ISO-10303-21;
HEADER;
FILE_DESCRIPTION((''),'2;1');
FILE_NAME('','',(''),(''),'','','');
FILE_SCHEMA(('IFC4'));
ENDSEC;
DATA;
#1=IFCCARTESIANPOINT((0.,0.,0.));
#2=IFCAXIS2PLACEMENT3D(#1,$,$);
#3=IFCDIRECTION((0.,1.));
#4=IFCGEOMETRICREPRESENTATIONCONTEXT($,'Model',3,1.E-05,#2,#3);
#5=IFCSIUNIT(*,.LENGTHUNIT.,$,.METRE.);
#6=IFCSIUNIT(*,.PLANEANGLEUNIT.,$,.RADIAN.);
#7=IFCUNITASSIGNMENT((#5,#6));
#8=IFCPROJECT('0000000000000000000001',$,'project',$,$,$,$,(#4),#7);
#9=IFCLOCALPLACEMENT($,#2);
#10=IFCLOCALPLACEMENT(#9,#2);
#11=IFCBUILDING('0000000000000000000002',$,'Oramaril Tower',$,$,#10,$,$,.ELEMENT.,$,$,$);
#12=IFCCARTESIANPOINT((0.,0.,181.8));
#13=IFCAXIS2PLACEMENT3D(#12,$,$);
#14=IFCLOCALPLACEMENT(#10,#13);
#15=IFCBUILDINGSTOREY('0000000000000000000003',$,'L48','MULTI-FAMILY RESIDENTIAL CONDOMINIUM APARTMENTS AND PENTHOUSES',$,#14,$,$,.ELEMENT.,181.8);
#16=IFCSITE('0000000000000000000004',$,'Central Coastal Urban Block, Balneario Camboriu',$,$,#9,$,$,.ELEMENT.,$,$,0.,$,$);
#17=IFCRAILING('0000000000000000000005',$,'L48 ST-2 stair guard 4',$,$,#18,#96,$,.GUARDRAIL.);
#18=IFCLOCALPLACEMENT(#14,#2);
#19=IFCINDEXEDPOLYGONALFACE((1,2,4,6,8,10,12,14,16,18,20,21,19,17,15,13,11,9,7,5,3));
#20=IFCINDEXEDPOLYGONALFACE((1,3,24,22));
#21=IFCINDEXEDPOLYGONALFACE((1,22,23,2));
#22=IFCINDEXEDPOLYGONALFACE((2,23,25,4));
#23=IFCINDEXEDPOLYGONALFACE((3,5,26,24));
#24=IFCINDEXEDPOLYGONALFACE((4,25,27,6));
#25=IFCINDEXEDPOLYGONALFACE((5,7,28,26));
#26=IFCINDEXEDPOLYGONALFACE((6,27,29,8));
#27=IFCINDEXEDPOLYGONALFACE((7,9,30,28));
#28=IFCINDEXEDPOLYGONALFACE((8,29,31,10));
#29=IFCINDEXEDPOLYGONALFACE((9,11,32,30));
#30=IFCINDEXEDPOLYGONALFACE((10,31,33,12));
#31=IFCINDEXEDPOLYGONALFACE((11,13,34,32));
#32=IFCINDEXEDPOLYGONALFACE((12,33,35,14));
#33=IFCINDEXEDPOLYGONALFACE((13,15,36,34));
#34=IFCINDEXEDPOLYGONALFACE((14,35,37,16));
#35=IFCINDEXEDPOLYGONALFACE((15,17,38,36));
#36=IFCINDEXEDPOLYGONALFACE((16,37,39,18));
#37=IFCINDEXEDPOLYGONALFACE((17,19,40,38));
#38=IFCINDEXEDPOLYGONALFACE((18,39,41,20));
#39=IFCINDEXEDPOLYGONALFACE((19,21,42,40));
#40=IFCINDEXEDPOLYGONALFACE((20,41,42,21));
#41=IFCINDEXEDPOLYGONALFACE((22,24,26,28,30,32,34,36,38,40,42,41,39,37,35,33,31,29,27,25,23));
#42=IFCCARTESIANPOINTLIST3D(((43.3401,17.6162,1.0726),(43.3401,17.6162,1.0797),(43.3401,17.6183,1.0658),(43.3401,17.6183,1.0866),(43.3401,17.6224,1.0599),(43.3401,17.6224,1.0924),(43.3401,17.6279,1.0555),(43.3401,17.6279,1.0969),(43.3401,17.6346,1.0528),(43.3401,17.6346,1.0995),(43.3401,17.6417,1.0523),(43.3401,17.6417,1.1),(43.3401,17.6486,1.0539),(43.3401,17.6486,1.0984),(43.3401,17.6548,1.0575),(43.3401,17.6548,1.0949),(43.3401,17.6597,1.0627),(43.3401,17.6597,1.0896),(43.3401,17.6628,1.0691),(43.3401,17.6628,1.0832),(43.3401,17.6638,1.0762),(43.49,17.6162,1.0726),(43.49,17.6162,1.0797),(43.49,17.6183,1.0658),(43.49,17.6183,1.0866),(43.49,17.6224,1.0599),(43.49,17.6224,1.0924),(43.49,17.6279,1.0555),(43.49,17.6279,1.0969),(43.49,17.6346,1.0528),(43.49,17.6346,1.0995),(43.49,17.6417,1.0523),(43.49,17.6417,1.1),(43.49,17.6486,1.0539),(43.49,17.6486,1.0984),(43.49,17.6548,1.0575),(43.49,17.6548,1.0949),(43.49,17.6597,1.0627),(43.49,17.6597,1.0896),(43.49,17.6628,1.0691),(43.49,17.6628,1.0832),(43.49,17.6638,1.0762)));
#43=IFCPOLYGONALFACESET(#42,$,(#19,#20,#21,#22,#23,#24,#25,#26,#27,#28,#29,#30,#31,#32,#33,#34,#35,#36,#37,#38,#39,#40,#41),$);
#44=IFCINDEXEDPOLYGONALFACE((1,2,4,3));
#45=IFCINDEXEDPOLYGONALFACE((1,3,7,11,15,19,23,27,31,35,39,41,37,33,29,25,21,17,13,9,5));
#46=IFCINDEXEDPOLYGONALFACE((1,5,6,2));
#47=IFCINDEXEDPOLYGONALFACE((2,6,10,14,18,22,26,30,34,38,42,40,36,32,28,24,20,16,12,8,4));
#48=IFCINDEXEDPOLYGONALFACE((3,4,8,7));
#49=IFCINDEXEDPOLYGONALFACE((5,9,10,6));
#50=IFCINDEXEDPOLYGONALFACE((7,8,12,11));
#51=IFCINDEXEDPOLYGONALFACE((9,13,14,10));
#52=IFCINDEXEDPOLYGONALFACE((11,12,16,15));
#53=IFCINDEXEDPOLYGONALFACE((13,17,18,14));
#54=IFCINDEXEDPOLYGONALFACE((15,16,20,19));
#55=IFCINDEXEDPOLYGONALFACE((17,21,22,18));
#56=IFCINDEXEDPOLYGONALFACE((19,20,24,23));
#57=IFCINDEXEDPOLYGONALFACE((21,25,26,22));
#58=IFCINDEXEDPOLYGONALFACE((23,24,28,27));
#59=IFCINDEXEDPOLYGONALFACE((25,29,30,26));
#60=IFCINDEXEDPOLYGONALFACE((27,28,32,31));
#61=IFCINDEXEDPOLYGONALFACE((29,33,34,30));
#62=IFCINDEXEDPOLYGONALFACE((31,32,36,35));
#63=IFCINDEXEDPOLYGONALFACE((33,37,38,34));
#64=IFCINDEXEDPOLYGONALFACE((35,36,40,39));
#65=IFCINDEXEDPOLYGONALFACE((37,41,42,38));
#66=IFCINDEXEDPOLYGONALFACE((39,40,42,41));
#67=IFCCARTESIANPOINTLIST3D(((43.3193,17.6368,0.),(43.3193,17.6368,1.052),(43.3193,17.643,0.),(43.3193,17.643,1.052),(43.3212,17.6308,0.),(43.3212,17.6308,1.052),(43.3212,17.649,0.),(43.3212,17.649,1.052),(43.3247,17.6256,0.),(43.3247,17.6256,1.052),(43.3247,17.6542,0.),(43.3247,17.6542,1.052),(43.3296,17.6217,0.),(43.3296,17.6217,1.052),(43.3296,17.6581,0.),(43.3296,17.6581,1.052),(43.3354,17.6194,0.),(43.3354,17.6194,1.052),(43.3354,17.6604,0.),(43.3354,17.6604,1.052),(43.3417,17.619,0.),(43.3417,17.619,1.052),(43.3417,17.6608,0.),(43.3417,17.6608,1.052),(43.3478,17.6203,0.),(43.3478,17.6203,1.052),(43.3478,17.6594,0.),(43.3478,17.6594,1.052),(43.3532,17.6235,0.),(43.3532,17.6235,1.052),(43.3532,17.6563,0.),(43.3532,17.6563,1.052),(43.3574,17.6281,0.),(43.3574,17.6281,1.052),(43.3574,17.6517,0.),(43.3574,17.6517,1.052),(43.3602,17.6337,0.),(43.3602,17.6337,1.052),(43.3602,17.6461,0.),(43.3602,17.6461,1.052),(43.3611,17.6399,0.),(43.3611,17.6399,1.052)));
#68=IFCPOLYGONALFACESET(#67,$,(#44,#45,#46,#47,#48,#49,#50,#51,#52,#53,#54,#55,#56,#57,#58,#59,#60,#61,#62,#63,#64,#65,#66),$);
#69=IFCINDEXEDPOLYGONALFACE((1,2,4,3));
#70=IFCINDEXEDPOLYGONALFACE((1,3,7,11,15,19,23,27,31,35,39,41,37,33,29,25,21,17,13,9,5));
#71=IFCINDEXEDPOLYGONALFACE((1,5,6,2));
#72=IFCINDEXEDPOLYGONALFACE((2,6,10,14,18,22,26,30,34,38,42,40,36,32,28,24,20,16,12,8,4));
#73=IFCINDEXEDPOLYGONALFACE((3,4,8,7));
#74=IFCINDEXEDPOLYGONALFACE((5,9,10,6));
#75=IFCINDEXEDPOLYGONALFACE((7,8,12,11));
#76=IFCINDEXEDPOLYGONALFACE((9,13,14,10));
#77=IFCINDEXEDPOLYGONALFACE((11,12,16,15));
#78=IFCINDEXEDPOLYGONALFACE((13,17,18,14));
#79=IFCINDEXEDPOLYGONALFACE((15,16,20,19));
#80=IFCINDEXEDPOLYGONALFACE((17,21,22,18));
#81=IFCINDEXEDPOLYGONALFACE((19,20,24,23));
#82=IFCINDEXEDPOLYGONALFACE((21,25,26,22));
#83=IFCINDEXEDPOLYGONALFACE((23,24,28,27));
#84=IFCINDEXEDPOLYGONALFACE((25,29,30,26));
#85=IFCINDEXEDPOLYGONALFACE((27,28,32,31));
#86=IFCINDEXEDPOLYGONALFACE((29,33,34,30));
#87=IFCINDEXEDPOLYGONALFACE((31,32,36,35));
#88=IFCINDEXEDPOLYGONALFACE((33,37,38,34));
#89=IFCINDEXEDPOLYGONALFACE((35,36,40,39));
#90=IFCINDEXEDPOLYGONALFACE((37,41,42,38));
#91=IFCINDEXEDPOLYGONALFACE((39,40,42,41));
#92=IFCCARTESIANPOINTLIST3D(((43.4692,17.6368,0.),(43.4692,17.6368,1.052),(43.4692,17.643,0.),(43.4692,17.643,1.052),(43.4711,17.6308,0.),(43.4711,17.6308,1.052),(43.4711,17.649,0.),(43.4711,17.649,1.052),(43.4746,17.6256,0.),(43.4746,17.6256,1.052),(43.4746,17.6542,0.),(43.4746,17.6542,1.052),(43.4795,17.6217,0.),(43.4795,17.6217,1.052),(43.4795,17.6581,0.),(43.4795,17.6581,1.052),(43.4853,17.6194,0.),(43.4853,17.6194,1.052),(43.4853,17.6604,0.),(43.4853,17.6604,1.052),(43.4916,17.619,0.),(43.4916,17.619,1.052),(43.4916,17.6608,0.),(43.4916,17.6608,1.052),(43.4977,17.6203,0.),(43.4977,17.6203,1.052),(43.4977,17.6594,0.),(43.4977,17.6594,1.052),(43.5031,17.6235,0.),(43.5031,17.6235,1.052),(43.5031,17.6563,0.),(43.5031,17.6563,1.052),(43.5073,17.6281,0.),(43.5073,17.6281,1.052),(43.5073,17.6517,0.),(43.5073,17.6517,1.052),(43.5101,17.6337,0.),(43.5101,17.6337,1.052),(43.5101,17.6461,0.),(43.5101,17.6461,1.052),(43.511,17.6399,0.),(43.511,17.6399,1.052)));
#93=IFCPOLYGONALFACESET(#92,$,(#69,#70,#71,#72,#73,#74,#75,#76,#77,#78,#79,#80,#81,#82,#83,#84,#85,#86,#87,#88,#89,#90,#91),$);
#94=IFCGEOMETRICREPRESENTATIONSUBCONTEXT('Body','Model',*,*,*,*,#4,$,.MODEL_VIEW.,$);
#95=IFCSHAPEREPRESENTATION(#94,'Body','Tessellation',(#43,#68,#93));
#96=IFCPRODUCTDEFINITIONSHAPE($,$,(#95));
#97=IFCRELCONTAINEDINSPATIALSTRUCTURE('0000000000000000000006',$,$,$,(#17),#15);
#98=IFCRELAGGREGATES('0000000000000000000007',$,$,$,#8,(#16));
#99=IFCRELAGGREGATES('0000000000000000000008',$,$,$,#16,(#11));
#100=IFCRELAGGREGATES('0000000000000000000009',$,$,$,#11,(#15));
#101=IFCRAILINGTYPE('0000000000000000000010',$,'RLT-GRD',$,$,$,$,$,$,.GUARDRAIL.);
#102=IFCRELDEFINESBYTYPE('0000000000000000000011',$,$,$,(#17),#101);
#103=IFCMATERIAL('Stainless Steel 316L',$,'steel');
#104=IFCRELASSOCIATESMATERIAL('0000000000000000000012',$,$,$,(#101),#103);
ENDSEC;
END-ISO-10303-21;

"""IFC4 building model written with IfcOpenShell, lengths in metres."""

from ifc_helpers import new_model, si_unit, direction, frame, origin, origin_2d, place, context, subcontext, project, spatial, circle, extrude, material, type_object, element, save


model = new_model("IFC4")

# Units and contexts
model_context = context("Model", 3, precision=1e-05, world=origin(), true_north=direction((0.0, 1.0)))
body_context = subcontext(model_context, "Body", "Model", "MODEL_VIEW")
ifc_project = project(units=[si_unit("LENGTHUNIT", "METRE"), si_unit("PLANEANGLEUNIT", "RADIAN")], contexts=[model_context])

# Site, building, storey
site_placement = place(None, origin())
site = spatial("IfcSite", under=ifc_project, at=site_placement, Name="Central Coastal Urban Block, Balneario Camboriu", CompositionType="ELEMENT", RefElevation=0.0)
building_placement = place(site_placement, origin())
building = spatial("IfcBuilding", under=site, at=building_placement, Name="Oramaril Tower", CompositionType="ELEMENT")
storey_placement = place(building_placement, frame((0.0, 0.0, 181.8)))
storey = spatial("IfcBuildingStorey", under=building, at=storey_placement, Name="L48", Description="MULTI-FAMILY RESIDENTIAL CONDOMINIUM APARTMENTS AND PENTHOUSES", CompositionType="ELEMENT", Elevation=181.8)

# Railing
ifc_material_1 = material(Name="Stainless Steel 316L", Category="steel")
railing_type_1 = type_object("IfcRailingType", Name="RLT-GRD", PredefinedType="GUARDRAIL", material=ifc_material_1)
railing_1_placement = place(storey_placement, frame((43.3401, 17.6399, 0.0)))
element("IfcRailing", 1, at=railing_1_placement, inside=storey, type_object=railing_type_1, Name="L48 ST-2 stair guard 4", PredefinedType="GUARDRAIL", context=body_context, shape_type="SweptSolid", body=[
    extrude(circle(Radius=0.0239, at=origin_2d()), frame((0.0, 0.0, 1.0762), z_axis=(1.0, 0.0, 0.0), x_axis=(0.0, 1.0, 0.0)), (0.0, 0.0, 1.0), 0.1499),
    extrude(circle(Radius=0.021, at=origin_2d()), origin(), (0.0, 0.0, 1.0), 1.052),
    extrude(circle(Radius=0.021, at=origin_2d()), frame((0.1499, 0.0, 0.0)), (0.0, 0.0, 1.0), 1.052),
])

save(model, "model.ifc")
